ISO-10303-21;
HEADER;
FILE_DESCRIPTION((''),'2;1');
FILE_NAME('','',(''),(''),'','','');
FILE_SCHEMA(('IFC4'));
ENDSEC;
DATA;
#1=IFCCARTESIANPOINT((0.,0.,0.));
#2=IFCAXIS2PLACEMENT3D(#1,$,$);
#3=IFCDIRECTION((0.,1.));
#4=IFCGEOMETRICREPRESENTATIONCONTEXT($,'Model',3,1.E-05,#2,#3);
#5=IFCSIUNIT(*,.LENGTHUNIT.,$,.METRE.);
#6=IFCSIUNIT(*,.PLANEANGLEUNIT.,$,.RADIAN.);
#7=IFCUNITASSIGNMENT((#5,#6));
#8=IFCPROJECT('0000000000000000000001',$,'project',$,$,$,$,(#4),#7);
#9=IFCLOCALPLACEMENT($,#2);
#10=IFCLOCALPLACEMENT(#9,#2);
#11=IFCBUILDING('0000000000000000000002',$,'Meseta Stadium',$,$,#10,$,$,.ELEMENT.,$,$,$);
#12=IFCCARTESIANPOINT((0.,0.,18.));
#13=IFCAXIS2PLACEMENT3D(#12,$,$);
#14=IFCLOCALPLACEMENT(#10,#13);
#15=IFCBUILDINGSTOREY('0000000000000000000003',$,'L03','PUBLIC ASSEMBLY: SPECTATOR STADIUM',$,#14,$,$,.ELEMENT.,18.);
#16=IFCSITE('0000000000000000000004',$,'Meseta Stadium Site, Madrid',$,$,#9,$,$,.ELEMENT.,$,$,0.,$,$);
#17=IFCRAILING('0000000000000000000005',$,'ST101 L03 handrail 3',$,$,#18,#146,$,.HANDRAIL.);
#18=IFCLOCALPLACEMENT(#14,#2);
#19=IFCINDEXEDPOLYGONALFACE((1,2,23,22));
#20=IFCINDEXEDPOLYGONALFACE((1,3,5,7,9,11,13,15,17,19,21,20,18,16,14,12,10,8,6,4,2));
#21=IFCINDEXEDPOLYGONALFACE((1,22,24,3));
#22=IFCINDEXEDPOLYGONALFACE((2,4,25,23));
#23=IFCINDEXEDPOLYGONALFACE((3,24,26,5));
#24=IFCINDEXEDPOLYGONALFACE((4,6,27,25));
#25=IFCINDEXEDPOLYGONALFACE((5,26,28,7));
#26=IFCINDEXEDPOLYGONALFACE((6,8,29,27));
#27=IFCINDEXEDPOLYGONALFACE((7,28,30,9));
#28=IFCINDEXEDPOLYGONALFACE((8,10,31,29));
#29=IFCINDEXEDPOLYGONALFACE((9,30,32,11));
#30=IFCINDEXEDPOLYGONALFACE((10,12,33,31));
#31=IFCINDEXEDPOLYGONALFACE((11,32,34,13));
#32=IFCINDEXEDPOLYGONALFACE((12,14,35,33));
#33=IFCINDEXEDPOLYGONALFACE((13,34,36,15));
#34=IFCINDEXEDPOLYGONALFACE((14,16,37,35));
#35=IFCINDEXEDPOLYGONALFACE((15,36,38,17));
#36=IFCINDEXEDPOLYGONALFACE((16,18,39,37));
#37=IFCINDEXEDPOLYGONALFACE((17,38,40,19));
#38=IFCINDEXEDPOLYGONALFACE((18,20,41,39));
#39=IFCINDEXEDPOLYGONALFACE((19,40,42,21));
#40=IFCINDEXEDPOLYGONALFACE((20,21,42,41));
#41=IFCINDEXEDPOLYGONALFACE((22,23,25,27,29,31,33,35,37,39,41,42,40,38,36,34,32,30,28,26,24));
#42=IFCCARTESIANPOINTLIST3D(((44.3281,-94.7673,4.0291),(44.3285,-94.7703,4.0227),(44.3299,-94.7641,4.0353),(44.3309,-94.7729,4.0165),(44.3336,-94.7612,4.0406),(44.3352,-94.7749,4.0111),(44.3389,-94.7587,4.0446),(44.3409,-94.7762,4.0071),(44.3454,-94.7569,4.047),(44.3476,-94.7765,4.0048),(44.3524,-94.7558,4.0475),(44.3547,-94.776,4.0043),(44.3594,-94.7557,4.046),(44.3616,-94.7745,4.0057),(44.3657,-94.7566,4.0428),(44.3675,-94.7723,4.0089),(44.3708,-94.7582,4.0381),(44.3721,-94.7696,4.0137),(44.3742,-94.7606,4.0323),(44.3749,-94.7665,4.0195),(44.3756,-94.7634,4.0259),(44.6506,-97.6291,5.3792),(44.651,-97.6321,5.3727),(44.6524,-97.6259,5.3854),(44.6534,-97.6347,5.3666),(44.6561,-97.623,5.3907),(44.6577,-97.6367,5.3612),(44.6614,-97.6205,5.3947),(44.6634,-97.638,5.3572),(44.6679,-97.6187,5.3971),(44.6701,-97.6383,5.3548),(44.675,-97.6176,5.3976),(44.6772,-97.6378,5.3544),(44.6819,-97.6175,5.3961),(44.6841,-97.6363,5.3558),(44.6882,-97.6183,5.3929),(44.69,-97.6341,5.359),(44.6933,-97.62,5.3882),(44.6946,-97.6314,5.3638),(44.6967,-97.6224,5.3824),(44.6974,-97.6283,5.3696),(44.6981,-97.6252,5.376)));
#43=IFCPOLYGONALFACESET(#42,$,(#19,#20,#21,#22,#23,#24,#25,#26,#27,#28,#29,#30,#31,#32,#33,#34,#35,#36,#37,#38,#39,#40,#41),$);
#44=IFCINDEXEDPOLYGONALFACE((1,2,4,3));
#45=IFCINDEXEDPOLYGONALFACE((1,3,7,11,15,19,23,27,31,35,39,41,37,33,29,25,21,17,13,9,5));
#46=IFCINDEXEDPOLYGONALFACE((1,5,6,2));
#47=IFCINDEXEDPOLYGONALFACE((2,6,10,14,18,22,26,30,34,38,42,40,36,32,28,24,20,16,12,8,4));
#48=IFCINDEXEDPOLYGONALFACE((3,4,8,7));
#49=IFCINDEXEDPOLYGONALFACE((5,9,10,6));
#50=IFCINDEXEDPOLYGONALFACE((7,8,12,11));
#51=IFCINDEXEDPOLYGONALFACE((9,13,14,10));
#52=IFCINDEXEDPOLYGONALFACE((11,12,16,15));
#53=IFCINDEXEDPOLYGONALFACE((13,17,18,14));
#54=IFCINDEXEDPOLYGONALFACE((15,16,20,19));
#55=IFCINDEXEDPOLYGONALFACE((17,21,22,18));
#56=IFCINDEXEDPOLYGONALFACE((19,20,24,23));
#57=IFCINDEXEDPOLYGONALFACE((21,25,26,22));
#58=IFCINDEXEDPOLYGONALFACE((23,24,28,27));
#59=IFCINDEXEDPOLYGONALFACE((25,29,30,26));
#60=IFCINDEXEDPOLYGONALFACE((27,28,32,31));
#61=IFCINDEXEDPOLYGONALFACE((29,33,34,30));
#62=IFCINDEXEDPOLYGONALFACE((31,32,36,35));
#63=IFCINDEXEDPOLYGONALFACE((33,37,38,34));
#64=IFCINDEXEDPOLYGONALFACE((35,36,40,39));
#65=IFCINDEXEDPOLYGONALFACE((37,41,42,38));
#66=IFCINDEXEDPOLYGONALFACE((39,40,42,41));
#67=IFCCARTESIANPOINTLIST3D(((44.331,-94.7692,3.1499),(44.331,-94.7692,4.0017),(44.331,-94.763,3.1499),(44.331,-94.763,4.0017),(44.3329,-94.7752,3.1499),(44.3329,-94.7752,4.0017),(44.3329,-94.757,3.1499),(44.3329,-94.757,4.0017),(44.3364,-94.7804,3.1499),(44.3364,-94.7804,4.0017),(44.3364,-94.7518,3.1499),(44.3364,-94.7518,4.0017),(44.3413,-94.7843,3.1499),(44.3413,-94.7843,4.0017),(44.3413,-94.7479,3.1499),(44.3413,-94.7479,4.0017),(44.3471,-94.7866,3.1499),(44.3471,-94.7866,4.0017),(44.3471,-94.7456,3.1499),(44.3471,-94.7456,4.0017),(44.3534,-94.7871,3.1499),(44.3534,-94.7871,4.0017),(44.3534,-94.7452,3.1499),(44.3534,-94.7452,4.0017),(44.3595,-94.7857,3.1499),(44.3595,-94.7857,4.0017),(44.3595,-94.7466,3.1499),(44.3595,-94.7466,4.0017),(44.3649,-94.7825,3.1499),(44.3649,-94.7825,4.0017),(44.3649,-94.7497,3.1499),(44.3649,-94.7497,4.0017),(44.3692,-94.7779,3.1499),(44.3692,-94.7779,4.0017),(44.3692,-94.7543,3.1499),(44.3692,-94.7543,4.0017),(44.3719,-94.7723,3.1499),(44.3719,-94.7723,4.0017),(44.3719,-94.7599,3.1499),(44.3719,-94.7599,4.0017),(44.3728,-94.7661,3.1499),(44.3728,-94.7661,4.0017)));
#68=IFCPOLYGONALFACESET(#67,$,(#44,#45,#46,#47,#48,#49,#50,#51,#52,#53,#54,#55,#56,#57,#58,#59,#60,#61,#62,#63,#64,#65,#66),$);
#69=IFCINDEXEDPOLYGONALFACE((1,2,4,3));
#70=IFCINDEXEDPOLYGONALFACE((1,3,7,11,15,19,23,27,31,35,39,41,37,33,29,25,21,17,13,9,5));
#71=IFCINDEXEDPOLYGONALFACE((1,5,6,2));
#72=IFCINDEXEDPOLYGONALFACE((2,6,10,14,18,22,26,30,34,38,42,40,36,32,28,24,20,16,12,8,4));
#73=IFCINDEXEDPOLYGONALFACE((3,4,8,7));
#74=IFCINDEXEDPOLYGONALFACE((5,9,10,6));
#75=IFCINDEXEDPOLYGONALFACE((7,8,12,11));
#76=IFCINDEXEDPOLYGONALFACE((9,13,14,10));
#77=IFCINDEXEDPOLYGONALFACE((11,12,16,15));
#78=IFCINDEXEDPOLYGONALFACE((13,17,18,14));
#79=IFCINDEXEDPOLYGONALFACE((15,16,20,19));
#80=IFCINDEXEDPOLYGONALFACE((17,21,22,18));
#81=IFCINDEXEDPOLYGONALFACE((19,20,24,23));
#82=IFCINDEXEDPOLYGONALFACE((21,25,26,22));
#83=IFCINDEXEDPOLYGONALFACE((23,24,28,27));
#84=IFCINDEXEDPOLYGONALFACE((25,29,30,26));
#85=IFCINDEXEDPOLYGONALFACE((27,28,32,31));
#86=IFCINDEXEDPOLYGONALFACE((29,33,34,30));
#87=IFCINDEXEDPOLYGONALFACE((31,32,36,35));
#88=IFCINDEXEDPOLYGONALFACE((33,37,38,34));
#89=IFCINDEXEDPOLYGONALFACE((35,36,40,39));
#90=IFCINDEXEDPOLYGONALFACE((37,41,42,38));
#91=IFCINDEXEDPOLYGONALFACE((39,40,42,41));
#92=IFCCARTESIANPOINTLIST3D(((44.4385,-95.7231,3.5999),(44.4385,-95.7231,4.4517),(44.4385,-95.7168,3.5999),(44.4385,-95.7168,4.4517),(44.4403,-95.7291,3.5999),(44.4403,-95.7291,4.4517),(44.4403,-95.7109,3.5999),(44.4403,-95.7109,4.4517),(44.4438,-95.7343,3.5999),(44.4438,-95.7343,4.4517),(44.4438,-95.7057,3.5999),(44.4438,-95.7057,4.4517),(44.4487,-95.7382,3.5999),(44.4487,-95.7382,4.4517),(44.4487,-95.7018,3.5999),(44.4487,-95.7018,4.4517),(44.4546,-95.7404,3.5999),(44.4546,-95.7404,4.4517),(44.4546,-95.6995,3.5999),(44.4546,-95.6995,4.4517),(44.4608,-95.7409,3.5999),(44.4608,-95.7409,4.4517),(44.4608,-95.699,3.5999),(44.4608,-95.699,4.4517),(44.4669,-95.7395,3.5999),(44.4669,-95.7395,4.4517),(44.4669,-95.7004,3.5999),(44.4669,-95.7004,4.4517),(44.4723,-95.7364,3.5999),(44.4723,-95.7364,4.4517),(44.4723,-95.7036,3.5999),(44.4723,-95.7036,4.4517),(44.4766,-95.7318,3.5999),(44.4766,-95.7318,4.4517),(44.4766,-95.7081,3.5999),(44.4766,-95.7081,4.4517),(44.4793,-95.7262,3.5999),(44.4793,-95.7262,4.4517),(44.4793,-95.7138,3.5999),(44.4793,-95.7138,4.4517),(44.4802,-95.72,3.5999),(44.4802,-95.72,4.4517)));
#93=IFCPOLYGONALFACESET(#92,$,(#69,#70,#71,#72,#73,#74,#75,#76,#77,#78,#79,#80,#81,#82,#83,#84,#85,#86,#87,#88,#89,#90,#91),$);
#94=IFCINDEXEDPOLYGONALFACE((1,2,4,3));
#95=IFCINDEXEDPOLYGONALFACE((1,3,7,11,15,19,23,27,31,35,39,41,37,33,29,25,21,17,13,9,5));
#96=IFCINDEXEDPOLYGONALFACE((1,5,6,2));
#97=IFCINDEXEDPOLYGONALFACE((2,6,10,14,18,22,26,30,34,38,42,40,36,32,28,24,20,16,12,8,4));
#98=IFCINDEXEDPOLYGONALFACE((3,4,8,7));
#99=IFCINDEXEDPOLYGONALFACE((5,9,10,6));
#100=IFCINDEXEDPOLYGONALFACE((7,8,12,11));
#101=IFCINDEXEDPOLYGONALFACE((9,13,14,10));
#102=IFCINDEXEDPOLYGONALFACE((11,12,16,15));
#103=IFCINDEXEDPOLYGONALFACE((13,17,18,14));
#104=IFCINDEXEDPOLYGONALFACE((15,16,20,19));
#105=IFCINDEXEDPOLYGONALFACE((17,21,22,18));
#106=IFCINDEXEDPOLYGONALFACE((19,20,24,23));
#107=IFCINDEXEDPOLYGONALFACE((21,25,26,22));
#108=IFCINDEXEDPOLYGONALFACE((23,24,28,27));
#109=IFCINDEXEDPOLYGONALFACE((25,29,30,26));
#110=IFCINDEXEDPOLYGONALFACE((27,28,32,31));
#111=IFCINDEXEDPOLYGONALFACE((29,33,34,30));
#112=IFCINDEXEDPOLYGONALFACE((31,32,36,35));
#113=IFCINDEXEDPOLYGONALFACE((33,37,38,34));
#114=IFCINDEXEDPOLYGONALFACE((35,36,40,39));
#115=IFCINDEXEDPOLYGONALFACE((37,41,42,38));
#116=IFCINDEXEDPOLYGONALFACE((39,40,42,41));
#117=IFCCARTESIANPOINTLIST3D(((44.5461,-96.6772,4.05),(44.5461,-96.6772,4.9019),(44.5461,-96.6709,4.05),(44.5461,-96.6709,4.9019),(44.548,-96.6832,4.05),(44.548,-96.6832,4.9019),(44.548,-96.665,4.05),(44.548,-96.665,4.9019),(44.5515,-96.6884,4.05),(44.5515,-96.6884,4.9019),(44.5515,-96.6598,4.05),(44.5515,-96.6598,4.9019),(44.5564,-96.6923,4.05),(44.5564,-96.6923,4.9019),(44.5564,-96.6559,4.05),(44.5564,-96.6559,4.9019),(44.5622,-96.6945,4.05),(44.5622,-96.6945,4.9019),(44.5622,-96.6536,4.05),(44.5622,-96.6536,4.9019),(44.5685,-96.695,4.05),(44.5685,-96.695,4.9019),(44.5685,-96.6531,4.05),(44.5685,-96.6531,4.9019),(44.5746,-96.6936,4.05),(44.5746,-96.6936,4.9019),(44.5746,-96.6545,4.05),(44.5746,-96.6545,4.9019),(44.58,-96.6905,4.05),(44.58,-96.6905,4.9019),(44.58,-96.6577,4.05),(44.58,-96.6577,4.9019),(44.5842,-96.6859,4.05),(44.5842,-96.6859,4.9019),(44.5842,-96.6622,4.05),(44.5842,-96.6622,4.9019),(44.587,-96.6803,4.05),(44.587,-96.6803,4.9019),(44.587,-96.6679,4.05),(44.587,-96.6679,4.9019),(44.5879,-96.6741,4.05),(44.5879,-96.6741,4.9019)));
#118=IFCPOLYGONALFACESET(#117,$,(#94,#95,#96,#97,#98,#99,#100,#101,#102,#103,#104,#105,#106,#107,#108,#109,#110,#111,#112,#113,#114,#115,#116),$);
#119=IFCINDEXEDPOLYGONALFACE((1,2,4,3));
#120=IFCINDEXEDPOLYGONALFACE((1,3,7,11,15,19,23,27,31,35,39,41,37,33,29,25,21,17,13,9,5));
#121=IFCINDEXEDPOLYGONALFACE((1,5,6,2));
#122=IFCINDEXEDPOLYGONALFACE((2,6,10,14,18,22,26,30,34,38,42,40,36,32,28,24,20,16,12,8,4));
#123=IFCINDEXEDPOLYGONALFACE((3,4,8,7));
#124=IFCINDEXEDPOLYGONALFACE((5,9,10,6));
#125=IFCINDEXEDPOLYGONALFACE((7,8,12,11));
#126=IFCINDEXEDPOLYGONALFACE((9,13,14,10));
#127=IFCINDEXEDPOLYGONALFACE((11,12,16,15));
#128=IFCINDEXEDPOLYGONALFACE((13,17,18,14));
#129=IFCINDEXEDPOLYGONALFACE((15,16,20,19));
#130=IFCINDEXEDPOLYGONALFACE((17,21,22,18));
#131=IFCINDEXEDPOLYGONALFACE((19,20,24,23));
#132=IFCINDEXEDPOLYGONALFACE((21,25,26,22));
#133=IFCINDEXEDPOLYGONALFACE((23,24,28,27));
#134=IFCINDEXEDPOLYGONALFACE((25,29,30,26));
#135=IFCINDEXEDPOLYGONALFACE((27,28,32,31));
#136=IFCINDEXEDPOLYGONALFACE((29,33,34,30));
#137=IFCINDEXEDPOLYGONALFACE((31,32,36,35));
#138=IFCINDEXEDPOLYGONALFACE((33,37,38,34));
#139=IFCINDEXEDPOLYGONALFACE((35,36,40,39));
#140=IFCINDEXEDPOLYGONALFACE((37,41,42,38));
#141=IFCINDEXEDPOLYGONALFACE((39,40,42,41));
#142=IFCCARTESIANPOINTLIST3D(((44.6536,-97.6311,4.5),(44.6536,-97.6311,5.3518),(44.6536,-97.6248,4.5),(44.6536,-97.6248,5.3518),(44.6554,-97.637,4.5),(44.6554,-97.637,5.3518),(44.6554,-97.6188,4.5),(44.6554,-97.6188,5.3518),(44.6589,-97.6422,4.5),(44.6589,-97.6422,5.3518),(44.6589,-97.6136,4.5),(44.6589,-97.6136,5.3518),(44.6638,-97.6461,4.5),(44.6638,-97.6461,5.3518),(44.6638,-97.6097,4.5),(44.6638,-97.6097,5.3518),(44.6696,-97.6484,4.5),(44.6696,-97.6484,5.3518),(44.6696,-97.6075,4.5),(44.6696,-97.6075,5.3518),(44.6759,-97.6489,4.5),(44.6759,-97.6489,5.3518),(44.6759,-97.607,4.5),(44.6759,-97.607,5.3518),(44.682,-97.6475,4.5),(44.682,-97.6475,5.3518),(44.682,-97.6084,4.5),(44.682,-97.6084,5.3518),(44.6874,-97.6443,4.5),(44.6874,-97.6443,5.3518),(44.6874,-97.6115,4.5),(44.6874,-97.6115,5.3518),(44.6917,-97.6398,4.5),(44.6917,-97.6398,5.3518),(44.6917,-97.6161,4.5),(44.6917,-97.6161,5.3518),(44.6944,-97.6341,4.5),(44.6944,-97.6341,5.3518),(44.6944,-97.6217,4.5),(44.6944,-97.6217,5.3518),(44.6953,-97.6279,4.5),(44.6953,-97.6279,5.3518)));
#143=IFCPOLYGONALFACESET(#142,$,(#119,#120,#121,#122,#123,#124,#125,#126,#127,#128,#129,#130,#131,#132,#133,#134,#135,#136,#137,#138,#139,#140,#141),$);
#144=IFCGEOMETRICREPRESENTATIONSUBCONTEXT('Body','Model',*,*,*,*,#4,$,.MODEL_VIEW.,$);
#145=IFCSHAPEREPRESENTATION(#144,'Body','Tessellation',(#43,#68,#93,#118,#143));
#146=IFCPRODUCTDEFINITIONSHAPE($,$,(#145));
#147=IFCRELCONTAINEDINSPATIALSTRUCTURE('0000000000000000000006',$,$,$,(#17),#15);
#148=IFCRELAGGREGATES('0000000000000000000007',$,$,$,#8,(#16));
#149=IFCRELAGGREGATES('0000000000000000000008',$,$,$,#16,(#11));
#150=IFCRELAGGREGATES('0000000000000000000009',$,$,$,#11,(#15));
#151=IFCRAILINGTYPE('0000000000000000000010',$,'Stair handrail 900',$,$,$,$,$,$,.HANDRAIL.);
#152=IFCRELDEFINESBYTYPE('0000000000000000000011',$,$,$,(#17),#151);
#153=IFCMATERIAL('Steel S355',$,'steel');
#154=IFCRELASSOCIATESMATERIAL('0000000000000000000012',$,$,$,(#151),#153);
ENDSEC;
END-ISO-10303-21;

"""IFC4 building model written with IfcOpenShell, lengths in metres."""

from ifc_helpers import new_model, si_unit, direction, frame, origin, origin_2d, place, context, subcontext, project, spatial, circle, extrude, material, type_object, element, save


model = new_model("IFC4")

# Units and contexts
model_context = context("Model", 3, precision=1e-05, world=origin(), true_north=direction((0.0, 1.0)))
body_context = subcontext(model_context, "Body", "Model", "MODEL_VIEW")
ifc_project = project(units=[si_unit("LENGTHUNIT", "METRE"), si_unit("PLANEANGLEUNIT", "RADIAN")], contexts=[model_context])

# Site, building, storey
site_placement = place(None, origin())
site = spatial("IfcSite", under=ifc_project, at=site_placement, Name="Meseta Stadium Site, Madrid", CompositionType="ELEMENT", RefElevation=0.0)
building_placement = place(site_placement, origin())
building = spatial("IfcBuilding", under=site, at=building_placement, Name="Meseta Stadium", CompositionType="ELEMENT")
storey_placement = place(building_placement, frame((0.0, 0.0, 18.0)))
storey = spatial("IfcBuildingStorey", under=building, at=storey_placement, Name="L03", Description="PUBLIC ASSEMBLY: SPECTATOR STADIUM", CompositionType="ELEMENT", Elevation=18.0)

# Railing
ifc_material_1 = material(Name="Steel S355", Category="steel")
railing_type_1 = type_object("IfcRailingType", Name="Stair handrail 900", PredefinedType="HANDRAIL", material=ifc_material_1)
for number, where, name in (
    (1, (44.3518, -94.7661, 3.1499), "ST101 L03 handrail 3"),
):
    element("IfcRailing", number, at=place(storey_placement, frame(where)), inside=storey, type_object=railing_type_1, Name=name, PredefinedType="HANDRAIL", context=body_context, shape_type="SweptSolid", body=[
        extrude(circle(Radius=0.0239, at=origin_2d()), frame((0.0, 0.0, 0.876), z_axis=(0.101396, -0.899748, 0.424467), x_axis=(0.99371, 0.111985, 0.0)), (0.0, 0.0, 1.0), 3.1807),
        extrude(circle(Radius=0.021, at=origin_2d()), origin(), (0.0, 0.0, 1.0), 0.8518),
        extrude(circle(Radius=0.021, at=origin_2d()), frame((0.1074, -0.9539, 0.45)), (0.0, 0.0, 1.0), 0.8518),
        extrude(circle(Radius=0.021, at=origin_2d()), frame((0.2151, -1.908, 0.9001)), (0.0, 0.0, 1.0), 0.8518),
        extrude(circle(Radius=0.021, at=origin_2d()), frame((0.3225, -2.8618, 1.3501)), (0.0, 0.0, 1.0), 0.8518),
    ])

save(model, "model.ifc")
